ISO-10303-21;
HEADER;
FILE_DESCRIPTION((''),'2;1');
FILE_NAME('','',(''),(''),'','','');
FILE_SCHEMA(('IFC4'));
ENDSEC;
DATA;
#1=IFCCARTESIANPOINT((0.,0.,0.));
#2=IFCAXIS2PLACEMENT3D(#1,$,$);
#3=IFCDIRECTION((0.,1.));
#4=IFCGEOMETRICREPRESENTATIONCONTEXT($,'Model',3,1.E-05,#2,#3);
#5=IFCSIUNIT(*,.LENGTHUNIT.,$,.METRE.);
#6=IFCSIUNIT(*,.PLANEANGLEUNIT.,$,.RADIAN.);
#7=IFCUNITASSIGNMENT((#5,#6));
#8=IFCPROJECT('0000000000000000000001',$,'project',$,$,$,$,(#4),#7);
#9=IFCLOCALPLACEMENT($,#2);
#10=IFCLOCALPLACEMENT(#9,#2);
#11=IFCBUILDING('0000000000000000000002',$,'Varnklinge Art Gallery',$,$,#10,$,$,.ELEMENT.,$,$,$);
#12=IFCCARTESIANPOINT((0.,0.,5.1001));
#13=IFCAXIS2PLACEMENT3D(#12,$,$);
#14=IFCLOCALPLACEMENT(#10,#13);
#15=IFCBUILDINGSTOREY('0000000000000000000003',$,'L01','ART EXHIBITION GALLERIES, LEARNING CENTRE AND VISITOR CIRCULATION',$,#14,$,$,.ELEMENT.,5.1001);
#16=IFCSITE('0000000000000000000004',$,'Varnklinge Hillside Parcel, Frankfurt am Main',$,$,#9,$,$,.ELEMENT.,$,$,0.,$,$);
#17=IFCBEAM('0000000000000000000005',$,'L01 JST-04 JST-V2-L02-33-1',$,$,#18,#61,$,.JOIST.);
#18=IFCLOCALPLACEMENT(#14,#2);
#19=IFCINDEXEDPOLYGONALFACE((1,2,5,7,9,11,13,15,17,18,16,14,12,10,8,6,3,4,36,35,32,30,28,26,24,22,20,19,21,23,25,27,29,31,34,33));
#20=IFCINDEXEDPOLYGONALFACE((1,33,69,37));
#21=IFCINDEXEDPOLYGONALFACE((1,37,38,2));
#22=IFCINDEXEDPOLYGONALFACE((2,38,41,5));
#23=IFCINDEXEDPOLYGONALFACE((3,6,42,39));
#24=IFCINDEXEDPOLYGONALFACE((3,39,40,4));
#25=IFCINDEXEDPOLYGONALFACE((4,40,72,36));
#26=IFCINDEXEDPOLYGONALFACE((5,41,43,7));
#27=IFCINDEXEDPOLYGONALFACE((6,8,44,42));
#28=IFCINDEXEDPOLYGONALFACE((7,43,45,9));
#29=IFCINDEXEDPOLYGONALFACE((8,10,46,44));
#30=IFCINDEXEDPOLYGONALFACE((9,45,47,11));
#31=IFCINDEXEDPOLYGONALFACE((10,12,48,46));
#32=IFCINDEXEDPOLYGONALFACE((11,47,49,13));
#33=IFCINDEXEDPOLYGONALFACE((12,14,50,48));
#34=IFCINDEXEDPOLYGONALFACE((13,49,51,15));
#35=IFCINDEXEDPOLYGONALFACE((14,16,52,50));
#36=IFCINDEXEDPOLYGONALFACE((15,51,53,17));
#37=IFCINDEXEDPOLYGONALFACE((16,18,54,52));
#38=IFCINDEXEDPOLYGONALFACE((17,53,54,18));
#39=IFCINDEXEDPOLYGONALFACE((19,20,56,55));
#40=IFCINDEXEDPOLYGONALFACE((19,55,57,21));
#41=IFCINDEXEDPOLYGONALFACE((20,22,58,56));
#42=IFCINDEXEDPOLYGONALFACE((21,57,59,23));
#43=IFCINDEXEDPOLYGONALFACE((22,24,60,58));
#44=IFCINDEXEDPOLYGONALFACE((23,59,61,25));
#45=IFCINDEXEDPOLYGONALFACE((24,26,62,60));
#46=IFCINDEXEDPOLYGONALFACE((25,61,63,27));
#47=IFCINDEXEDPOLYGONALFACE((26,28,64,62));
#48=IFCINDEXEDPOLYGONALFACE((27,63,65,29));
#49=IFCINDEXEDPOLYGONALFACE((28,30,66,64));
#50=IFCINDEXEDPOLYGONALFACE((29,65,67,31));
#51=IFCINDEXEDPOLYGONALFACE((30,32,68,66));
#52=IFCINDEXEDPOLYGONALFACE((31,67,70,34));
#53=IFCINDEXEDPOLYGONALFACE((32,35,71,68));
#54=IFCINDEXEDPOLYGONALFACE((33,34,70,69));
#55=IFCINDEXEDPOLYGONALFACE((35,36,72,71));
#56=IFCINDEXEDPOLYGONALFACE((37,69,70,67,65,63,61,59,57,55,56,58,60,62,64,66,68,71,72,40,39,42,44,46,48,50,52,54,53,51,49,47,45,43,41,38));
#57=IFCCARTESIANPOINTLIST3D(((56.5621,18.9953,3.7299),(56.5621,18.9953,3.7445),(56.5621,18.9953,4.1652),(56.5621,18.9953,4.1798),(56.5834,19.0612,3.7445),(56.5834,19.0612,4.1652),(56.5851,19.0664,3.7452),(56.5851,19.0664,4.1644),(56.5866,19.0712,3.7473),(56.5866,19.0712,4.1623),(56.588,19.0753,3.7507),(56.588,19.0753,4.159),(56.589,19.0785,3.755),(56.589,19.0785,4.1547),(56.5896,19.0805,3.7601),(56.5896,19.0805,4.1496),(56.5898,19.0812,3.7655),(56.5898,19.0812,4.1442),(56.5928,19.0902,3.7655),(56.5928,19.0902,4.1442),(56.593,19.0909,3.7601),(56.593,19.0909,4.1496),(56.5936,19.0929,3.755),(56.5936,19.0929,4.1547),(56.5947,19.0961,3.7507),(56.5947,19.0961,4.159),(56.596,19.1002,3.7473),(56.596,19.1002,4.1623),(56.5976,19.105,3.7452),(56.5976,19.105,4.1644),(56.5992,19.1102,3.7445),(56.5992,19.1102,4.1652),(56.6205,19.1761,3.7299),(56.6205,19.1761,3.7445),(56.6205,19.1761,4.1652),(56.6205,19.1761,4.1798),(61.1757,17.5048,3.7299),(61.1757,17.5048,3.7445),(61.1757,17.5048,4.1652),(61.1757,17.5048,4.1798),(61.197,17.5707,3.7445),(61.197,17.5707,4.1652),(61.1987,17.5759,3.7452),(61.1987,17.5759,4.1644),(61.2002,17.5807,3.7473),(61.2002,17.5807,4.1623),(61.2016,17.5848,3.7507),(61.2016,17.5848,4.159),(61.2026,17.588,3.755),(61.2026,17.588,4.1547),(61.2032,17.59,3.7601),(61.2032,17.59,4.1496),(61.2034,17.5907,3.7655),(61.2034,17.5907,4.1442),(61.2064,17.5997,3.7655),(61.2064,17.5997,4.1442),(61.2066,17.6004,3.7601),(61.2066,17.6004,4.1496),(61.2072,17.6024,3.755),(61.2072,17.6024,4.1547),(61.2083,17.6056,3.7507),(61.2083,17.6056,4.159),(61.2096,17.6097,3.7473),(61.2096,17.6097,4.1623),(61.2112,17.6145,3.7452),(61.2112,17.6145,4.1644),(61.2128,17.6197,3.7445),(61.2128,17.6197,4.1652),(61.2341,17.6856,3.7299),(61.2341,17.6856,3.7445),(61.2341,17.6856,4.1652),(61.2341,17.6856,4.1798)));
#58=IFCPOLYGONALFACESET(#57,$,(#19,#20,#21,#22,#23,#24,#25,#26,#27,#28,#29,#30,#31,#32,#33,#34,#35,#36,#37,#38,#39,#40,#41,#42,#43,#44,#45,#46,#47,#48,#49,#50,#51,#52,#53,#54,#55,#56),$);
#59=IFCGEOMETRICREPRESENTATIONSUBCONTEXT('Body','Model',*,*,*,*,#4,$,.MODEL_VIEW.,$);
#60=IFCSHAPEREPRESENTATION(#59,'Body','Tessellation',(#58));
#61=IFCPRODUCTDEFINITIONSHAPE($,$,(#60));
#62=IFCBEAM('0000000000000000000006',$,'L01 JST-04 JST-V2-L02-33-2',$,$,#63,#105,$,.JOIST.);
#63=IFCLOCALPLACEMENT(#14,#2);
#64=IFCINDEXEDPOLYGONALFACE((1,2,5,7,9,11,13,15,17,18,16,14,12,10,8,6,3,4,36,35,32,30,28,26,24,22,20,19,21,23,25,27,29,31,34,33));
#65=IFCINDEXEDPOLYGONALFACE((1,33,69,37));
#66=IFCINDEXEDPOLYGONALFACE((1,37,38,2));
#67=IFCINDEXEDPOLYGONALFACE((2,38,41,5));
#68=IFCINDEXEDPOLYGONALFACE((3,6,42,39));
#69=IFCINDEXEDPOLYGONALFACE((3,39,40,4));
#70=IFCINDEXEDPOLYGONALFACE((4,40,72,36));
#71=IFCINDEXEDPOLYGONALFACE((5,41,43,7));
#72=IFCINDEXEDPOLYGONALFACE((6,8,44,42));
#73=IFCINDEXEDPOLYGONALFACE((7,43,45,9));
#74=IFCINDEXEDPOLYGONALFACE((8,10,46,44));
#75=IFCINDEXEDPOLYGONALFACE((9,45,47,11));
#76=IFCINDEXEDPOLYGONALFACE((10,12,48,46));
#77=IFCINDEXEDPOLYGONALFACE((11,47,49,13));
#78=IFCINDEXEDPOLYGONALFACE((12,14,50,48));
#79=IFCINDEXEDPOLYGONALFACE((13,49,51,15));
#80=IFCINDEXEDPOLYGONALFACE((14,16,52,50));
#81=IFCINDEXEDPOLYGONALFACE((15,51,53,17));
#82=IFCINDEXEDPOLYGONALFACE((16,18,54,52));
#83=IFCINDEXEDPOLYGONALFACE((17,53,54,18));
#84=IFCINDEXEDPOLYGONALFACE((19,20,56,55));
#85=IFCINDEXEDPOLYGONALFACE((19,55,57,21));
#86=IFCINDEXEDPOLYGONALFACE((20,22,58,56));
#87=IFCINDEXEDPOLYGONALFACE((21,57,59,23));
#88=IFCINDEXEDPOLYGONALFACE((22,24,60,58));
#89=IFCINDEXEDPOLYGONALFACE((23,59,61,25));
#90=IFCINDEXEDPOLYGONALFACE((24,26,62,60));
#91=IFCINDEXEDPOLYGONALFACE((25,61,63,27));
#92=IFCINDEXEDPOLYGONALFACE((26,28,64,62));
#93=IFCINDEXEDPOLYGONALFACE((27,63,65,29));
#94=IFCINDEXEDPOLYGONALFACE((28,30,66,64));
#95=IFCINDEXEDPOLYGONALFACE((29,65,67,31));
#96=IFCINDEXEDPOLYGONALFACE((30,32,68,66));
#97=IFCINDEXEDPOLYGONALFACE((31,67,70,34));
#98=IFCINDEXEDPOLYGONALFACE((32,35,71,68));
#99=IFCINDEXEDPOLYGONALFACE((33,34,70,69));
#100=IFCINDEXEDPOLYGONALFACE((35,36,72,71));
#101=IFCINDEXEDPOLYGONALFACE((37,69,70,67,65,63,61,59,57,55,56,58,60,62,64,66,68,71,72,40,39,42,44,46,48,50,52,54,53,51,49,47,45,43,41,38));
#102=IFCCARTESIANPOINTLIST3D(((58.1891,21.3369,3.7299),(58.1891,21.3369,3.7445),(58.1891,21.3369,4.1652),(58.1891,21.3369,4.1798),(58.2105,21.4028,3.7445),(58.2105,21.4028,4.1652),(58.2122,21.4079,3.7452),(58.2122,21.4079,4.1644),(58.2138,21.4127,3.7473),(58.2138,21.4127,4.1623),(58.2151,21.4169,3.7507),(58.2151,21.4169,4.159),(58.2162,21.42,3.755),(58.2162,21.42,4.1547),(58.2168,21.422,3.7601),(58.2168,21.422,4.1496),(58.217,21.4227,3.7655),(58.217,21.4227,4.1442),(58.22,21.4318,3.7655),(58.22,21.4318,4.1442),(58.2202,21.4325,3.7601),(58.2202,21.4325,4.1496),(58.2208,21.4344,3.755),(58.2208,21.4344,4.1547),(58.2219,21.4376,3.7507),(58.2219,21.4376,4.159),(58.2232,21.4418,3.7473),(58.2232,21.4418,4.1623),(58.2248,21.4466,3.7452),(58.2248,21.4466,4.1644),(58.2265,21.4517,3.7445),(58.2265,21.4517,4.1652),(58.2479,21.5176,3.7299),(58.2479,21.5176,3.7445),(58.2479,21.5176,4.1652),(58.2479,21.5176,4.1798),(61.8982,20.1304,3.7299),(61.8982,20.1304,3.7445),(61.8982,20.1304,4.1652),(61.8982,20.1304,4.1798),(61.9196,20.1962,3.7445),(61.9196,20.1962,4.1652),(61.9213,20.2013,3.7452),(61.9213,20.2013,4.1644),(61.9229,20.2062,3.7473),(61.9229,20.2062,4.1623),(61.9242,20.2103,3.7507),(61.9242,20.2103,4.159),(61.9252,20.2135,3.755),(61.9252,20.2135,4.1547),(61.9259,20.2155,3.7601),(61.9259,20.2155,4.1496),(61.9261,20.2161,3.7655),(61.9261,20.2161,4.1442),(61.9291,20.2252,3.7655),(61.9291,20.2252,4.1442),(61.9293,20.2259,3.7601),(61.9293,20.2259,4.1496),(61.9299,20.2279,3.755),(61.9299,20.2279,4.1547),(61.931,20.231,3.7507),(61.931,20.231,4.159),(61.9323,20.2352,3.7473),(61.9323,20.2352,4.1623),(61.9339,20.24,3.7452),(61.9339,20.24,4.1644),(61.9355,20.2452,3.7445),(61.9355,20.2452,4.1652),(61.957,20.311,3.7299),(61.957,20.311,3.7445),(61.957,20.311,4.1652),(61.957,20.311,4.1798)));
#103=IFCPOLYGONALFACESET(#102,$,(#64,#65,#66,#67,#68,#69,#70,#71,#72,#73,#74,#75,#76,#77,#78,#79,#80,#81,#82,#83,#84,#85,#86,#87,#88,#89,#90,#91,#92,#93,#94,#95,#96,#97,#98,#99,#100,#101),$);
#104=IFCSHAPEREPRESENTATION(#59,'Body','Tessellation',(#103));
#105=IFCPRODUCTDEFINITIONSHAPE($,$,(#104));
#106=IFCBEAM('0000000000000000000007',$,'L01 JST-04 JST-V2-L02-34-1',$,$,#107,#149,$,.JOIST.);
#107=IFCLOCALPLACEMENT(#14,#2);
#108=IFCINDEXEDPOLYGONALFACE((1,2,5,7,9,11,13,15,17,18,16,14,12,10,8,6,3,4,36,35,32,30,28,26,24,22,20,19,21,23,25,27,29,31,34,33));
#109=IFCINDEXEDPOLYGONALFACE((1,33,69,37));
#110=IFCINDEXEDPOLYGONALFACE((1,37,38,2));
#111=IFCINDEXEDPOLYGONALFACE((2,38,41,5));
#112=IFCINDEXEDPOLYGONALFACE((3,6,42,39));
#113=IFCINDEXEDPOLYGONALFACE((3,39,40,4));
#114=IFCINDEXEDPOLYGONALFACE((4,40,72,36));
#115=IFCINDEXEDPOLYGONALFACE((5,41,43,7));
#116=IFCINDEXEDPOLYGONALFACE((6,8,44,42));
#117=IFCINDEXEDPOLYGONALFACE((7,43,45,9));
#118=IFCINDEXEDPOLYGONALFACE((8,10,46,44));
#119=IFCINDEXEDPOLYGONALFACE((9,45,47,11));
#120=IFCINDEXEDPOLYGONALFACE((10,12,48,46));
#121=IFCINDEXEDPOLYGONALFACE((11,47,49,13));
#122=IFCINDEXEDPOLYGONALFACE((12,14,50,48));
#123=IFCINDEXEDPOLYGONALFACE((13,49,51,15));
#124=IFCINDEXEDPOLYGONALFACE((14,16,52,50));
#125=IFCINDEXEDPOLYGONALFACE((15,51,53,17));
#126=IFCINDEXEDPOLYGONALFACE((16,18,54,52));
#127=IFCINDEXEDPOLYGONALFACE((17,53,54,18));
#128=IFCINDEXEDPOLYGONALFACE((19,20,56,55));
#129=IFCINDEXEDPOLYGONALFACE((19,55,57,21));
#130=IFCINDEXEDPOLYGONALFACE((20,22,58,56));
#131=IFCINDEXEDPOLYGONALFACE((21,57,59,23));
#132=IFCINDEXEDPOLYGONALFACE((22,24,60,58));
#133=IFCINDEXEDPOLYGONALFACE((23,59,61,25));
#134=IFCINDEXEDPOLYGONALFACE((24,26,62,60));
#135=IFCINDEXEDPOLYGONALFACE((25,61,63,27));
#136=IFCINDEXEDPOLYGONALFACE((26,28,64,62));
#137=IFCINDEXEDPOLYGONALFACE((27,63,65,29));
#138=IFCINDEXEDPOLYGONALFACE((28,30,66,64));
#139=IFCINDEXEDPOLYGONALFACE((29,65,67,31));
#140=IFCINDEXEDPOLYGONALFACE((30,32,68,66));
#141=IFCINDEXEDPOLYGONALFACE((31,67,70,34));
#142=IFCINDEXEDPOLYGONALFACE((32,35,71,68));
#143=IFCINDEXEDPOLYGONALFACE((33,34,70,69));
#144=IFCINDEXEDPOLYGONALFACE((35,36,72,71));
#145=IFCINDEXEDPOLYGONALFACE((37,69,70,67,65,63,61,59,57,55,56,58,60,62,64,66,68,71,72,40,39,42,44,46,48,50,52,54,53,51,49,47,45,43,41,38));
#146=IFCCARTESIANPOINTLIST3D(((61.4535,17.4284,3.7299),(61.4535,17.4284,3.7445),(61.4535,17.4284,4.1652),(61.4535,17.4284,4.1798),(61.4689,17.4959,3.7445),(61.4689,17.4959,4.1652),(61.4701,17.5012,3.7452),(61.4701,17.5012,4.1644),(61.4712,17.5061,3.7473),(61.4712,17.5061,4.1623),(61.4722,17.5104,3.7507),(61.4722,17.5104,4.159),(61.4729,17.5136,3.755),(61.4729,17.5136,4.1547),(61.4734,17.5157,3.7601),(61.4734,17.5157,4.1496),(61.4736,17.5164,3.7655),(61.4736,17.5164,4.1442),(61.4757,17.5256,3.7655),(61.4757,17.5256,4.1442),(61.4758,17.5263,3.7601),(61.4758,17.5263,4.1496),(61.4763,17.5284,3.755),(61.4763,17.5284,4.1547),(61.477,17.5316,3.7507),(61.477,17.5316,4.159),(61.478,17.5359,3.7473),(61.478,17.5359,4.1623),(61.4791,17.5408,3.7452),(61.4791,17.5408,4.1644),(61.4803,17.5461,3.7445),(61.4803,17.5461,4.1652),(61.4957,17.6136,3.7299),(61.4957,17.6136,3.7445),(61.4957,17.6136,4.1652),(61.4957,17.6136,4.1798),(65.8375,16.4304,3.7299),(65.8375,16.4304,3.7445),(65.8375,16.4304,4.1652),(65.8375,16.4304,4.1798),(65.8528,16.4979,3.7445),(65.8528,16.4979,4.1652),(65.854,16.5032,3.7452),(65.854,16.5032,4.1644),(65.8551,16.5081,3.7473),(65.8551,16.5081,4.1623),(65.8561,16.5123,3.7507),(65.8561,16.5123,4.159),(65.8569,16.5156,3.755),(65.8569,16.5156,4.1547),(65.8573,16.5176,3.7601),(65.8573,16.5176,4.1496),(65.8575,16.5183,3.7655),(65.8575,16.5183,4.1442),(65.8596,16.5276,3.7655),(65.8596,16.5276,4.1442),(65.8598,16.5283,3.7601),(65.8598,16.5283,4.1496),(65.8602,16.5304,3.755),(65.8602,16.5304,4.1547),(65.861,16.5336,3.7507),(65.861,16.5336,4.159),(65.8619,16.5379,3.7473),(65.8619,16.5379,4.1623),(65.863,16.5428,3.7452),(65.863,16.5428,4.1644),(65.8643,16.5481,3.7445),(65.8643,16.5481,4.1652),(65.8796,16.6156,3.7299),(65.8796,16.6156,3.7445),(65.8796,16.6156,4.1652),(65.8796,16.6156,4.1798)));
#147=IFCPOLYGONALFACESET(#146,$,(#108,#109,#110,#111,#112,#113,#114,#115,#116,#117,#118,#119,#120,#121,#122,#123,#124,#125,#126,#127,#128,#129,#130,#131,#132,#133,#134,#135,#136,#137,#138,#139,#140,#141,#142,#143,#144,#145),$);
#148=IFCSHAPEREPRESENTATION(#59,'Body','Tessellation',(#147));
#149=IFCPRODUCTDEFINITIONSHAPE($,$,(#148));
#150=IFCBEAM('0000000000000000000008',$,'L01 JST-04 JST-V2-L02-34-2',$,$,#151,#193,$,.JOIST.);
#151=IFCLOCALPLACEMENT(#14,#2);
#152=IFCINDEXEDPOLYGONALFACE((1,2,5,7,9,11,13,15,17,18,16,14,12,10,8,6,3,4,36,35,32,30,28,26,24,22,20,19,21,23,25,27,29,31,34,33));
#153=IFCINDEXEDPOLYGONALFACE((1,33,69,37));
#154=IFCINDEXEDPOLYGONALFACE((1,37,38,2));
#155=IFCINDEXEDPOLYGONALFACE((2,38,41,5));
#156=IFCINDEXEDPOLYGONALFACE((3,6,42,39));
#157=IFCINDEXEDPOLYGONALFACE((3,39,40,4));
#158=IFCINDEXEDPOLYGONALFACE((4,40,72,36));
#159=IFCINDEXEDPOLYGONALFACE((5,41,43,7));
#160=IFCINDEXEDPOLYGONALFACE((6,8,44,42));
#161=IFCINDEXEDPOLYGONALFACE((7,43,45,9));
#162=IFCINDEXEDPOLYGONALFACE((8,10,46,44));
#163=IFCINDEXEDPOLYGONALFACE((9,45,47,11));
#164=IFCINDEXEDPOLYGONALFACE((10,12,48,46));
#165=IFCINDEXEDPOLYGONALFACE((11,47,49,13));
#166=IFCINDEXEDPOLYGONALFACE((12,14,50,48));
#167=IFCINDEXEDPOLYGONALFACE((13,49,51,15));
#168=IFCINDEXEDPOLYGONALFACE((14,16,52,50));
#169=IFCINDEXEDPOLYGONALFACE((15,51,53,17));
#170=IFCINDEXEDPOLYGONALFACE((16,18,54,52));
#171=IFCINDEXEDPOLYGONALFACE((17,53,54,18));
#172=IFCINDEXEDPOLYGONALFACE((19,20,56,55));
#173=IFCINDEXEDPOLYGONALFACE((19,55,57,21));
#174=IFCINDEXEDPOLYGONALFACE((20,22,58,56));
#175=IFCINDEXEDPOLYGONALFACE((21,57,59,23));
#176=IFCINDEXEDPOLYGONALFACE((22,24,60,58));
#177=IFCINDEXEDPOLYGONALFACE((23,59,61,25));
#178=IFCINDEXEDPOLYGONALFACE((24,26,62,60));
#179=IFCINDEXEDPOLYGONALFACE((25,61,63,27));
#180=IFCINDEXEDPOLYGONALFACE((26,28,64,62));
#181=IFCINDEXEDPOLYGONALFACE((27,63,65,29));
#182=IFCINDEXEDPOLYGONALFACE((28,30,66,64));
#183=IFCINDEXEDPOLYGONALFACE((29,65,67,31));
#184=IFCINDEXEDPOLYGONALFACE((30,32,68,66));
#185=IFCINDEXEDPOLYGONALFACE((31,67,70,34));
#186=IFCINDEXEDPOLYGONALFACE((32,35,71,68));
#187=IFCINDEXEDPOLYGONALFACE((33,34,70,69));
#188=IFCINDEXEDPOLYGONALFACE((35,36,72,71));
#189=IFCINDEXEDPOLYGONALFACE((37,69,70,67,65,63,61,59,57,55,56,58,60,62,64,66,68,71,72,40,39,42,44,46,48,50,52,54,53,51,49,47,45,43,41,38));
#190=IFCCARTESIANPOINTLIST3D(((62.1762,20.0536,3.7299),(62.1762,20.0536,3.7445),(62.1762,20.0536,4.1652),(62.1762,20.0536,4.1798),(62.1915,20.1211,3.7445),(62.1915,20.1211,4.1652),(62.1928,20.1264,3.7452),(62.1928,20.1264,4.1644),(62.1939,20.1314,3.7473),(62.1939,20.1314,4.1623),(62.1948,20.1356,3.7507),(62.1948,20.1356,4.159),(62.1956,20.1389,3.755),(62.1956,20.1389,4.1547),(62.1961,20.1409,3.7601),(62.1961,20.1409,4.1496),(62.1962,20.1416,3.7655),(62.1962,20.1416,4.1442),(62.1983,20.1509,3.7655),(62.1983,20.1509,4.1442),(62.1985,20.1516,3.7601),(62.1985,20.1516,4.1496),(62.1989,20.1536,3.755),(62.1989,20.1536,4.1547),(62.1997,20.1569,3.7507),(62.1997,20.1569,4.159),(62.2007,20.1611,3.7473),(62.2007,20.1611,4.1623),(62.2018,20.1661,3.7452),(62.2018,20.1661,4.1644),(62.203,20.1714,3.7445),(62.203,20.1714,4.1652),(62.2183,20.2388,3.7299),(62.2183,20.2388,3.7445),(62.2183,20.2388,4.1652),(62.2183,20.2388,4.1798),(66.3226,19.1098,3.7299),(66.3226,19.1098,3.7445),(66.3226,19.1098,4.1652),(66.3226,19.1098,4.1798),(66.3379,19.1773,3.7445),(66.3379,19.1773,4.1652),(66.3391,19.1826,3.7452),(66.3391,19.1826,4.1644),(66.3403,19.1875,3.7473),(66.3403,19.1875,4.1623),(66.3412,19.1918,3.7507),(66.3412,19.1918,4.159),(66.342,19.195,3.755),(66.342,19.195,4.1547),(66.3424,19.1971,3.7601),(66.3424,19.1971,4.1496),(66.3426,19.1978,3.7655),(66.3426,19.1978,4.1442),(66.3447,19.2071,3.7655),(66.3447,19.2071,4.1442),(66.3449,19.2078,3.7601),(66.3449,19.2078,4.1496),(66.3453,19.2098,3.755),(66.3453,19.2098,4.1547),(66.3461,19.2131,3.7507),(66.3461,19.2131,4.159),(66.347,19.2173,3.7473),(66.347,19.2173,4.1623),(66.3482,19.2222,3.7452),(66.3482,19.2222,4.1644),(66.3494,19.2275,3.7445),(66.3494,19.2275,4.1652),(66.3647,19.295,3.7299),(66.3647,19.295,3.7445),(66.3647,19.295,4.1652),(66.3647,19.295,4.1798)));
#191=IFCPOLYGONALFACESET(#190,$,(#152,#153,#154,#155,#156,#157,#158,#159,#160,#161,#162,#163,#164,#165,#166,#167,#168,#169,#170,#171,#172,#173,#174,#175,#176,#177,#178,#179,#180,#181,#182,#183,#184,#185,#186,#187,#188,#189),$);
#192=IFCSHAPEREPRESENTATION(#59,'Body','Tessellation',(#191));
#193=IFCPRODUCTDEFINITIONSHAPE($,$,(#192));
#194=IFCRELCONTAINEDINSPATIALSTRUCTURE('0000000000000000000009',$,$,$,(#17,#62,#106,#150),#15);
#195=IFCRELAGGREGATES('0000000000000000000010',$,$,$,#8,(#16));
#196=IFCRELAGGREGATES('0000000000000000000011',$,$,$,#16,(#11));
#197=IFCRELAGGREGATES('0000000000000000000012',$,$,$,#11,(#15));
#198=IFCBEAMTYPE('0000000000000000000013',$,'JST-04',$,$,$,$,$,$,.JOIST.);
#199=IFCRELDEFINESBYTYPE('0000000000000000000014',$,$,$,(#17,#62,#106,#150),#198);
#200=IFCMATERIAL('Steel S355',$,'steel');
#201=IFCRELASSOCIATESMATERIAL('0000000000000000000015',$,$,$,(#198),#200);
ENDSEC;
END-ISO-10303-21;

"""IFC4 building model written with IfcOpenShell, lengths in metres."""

from ifc_helpers import new_model, si_unit, direction, frame, origin, origin_2d, place, context, subcontext, project, spatial, i_section, extrude, material, material_profile, profile_set, type_object, element, save


model = new_model("IFC4")

# Units and contexts
model_context = context("Model", 3, precision=1e-05, world=origin(), true_north=direction((0.0, 1.0)))
body_context = subcontext(model_context, "Body", "Model", "MODEL_VIEW")
ifc_project = project(units=[si_unit("LENGTHUNIT", "METRE"), si_unit("PLANEANGLEUNIT", "RADIAN")], contexts=[model_context])

# Site, building, storey
site_placement = place(None, origin())
site = spatial("IfcSite", under=ifc_project, at=site_placement, Name="Varnklinge Hillside Parcel, Frankfurt am Main", CompositionType="ELEMENT", RefElevation=0.0)
building_placement = place(site_placement, origin())
building = spatial("IfcBuilding", under=site, at=building_placement, Name="Varnklinge Art Gallery", CompositionType="ELEMENT")
storey_placement = place(building_placement, frame((0.0, 0.0, 5.1001)))
storey = spatial("IfcBuildingStorey", under=building, at=storey_placement, Name="L01", Description="ART EXHIBITION GALLERIES, LEARNING CENTRE AND VISITOR CIRCULATION", CompositionType="ELEMENT", Elevation=5.1001)

# Beams
ifc_material_1 = material(Name="Steel S355", Category="steel")
ifc_material_profile_1 = material_profile(ifc_material_1, i_section(OverallWidth=0.1899, OverallDepth=0.45, WebThickness=0.0095, FlangeThickness=0.0146, FilletRadius=0.021, at=origin_2d()), Name="IPE 450")
ifc_profile_set_1 = profile_set([ifc_material_profile_1], Name="Steel S355")
beam_type_1 = type_object("IfcBeamType", Name="JST-04", PredefinedType="JOIST", material=ifc_profile_set_1)
beam_1_placement = place(storey_placement, frame((56.5913, 19.0857, 3.9548), z_axis=(0.951573, -0.307422, 0.0), x_axis=(0.307422, 0.951573, 0.0)))
element("IfcBeam", 1, at=beam_1_placement, inside=storey, type_object=beam_type_1, Name="L01 JST-04 JST-V2-L02-33-1", PredefinedType="JOIST", context=body_context, shape_type="SweptSolid", body=[
    extrude(i_section(OverallWidth=0.1899, OverallDepth=0.45, WebThickness=0.0095, FlangeThickness=0.0146, FilletRadius=0.021, at=origin_2d()), origin(), (0.0, 0.0, 1.0), 4.8484),
])
beam_2_placement = place(storey_placement, frame((58.2185, 21.4272, 3.9548), z_axis=(0.950949, -0.309346, 0.0), x_axis=(0.309346, 0.950949, 0.0)))
element("IfcBeam", 2, at=beam_2_placement, inside=storey, type_object=beam_type_1, Name="L01 JST-04 JST-V2-L02-33-2", PredefinedType="JOIST", context=body_context, shape_type="SweptSolid", body=[
    extrude(i_section(OverallWidth=0.1899, OverallDepth=0.45, WebThickness=0.0095, FlangeThickness=0.0146, FilletRadius=0.021, at=origin_2d()), origin(), (0.0, 0.0, 1.0), 3.9004),
])
beam_3_placement = place(storey_placement, frame((61.4746, 17.521, 3.9548), z_axis=(0.975052, -0.221975, 0.0), x_axis=(0.221975, 0.975052, 0.0)))
element("IfcBeam", 3, at=beam_3_placement, inside=storey, type_object=beam_type_1, Name="L01 JST-04 JST-V2-L02-34-1", PredefinedType="JOIST", context=body_context, shape_type="SweptSolid", body=[
    extrude(i_section(OverallWidth=0.1899, OverallDepth=0.45, WebThickness=0.0095, FlangeThickness=0.0146, FilletRadius=0.021, at=origin_2d()), origin(), (0.0, 0.0, 1.0), 4.4961),
])
beam_4_placement = place(storey_placement, frame((62.1973, 20.1462, 3.9548), z_axis=(0.975058, -0.221949, 0.0), x_axis=(0.221949, 0.975058, 0.0)))
element("IfcBeam", 4, at=beam_4_placement, inside=storey, type_object=beam_type_1, Name="L01 JST-04 JST-V2-L02-34-2", PredefinedType="JOIST", context=body_context, shape_type="SweptSolid", body=[
    extrude(i_section(OverallWidth=0.1899, OverallDepth=0.45, WebThickness=0.0095, FlangeThickness=0.0146, FilletRadius=0.021, at=origin_2d()), origin(), (0.0, 0.0, 1.0), 4.2524),
])

save(model, "model.ifc")
